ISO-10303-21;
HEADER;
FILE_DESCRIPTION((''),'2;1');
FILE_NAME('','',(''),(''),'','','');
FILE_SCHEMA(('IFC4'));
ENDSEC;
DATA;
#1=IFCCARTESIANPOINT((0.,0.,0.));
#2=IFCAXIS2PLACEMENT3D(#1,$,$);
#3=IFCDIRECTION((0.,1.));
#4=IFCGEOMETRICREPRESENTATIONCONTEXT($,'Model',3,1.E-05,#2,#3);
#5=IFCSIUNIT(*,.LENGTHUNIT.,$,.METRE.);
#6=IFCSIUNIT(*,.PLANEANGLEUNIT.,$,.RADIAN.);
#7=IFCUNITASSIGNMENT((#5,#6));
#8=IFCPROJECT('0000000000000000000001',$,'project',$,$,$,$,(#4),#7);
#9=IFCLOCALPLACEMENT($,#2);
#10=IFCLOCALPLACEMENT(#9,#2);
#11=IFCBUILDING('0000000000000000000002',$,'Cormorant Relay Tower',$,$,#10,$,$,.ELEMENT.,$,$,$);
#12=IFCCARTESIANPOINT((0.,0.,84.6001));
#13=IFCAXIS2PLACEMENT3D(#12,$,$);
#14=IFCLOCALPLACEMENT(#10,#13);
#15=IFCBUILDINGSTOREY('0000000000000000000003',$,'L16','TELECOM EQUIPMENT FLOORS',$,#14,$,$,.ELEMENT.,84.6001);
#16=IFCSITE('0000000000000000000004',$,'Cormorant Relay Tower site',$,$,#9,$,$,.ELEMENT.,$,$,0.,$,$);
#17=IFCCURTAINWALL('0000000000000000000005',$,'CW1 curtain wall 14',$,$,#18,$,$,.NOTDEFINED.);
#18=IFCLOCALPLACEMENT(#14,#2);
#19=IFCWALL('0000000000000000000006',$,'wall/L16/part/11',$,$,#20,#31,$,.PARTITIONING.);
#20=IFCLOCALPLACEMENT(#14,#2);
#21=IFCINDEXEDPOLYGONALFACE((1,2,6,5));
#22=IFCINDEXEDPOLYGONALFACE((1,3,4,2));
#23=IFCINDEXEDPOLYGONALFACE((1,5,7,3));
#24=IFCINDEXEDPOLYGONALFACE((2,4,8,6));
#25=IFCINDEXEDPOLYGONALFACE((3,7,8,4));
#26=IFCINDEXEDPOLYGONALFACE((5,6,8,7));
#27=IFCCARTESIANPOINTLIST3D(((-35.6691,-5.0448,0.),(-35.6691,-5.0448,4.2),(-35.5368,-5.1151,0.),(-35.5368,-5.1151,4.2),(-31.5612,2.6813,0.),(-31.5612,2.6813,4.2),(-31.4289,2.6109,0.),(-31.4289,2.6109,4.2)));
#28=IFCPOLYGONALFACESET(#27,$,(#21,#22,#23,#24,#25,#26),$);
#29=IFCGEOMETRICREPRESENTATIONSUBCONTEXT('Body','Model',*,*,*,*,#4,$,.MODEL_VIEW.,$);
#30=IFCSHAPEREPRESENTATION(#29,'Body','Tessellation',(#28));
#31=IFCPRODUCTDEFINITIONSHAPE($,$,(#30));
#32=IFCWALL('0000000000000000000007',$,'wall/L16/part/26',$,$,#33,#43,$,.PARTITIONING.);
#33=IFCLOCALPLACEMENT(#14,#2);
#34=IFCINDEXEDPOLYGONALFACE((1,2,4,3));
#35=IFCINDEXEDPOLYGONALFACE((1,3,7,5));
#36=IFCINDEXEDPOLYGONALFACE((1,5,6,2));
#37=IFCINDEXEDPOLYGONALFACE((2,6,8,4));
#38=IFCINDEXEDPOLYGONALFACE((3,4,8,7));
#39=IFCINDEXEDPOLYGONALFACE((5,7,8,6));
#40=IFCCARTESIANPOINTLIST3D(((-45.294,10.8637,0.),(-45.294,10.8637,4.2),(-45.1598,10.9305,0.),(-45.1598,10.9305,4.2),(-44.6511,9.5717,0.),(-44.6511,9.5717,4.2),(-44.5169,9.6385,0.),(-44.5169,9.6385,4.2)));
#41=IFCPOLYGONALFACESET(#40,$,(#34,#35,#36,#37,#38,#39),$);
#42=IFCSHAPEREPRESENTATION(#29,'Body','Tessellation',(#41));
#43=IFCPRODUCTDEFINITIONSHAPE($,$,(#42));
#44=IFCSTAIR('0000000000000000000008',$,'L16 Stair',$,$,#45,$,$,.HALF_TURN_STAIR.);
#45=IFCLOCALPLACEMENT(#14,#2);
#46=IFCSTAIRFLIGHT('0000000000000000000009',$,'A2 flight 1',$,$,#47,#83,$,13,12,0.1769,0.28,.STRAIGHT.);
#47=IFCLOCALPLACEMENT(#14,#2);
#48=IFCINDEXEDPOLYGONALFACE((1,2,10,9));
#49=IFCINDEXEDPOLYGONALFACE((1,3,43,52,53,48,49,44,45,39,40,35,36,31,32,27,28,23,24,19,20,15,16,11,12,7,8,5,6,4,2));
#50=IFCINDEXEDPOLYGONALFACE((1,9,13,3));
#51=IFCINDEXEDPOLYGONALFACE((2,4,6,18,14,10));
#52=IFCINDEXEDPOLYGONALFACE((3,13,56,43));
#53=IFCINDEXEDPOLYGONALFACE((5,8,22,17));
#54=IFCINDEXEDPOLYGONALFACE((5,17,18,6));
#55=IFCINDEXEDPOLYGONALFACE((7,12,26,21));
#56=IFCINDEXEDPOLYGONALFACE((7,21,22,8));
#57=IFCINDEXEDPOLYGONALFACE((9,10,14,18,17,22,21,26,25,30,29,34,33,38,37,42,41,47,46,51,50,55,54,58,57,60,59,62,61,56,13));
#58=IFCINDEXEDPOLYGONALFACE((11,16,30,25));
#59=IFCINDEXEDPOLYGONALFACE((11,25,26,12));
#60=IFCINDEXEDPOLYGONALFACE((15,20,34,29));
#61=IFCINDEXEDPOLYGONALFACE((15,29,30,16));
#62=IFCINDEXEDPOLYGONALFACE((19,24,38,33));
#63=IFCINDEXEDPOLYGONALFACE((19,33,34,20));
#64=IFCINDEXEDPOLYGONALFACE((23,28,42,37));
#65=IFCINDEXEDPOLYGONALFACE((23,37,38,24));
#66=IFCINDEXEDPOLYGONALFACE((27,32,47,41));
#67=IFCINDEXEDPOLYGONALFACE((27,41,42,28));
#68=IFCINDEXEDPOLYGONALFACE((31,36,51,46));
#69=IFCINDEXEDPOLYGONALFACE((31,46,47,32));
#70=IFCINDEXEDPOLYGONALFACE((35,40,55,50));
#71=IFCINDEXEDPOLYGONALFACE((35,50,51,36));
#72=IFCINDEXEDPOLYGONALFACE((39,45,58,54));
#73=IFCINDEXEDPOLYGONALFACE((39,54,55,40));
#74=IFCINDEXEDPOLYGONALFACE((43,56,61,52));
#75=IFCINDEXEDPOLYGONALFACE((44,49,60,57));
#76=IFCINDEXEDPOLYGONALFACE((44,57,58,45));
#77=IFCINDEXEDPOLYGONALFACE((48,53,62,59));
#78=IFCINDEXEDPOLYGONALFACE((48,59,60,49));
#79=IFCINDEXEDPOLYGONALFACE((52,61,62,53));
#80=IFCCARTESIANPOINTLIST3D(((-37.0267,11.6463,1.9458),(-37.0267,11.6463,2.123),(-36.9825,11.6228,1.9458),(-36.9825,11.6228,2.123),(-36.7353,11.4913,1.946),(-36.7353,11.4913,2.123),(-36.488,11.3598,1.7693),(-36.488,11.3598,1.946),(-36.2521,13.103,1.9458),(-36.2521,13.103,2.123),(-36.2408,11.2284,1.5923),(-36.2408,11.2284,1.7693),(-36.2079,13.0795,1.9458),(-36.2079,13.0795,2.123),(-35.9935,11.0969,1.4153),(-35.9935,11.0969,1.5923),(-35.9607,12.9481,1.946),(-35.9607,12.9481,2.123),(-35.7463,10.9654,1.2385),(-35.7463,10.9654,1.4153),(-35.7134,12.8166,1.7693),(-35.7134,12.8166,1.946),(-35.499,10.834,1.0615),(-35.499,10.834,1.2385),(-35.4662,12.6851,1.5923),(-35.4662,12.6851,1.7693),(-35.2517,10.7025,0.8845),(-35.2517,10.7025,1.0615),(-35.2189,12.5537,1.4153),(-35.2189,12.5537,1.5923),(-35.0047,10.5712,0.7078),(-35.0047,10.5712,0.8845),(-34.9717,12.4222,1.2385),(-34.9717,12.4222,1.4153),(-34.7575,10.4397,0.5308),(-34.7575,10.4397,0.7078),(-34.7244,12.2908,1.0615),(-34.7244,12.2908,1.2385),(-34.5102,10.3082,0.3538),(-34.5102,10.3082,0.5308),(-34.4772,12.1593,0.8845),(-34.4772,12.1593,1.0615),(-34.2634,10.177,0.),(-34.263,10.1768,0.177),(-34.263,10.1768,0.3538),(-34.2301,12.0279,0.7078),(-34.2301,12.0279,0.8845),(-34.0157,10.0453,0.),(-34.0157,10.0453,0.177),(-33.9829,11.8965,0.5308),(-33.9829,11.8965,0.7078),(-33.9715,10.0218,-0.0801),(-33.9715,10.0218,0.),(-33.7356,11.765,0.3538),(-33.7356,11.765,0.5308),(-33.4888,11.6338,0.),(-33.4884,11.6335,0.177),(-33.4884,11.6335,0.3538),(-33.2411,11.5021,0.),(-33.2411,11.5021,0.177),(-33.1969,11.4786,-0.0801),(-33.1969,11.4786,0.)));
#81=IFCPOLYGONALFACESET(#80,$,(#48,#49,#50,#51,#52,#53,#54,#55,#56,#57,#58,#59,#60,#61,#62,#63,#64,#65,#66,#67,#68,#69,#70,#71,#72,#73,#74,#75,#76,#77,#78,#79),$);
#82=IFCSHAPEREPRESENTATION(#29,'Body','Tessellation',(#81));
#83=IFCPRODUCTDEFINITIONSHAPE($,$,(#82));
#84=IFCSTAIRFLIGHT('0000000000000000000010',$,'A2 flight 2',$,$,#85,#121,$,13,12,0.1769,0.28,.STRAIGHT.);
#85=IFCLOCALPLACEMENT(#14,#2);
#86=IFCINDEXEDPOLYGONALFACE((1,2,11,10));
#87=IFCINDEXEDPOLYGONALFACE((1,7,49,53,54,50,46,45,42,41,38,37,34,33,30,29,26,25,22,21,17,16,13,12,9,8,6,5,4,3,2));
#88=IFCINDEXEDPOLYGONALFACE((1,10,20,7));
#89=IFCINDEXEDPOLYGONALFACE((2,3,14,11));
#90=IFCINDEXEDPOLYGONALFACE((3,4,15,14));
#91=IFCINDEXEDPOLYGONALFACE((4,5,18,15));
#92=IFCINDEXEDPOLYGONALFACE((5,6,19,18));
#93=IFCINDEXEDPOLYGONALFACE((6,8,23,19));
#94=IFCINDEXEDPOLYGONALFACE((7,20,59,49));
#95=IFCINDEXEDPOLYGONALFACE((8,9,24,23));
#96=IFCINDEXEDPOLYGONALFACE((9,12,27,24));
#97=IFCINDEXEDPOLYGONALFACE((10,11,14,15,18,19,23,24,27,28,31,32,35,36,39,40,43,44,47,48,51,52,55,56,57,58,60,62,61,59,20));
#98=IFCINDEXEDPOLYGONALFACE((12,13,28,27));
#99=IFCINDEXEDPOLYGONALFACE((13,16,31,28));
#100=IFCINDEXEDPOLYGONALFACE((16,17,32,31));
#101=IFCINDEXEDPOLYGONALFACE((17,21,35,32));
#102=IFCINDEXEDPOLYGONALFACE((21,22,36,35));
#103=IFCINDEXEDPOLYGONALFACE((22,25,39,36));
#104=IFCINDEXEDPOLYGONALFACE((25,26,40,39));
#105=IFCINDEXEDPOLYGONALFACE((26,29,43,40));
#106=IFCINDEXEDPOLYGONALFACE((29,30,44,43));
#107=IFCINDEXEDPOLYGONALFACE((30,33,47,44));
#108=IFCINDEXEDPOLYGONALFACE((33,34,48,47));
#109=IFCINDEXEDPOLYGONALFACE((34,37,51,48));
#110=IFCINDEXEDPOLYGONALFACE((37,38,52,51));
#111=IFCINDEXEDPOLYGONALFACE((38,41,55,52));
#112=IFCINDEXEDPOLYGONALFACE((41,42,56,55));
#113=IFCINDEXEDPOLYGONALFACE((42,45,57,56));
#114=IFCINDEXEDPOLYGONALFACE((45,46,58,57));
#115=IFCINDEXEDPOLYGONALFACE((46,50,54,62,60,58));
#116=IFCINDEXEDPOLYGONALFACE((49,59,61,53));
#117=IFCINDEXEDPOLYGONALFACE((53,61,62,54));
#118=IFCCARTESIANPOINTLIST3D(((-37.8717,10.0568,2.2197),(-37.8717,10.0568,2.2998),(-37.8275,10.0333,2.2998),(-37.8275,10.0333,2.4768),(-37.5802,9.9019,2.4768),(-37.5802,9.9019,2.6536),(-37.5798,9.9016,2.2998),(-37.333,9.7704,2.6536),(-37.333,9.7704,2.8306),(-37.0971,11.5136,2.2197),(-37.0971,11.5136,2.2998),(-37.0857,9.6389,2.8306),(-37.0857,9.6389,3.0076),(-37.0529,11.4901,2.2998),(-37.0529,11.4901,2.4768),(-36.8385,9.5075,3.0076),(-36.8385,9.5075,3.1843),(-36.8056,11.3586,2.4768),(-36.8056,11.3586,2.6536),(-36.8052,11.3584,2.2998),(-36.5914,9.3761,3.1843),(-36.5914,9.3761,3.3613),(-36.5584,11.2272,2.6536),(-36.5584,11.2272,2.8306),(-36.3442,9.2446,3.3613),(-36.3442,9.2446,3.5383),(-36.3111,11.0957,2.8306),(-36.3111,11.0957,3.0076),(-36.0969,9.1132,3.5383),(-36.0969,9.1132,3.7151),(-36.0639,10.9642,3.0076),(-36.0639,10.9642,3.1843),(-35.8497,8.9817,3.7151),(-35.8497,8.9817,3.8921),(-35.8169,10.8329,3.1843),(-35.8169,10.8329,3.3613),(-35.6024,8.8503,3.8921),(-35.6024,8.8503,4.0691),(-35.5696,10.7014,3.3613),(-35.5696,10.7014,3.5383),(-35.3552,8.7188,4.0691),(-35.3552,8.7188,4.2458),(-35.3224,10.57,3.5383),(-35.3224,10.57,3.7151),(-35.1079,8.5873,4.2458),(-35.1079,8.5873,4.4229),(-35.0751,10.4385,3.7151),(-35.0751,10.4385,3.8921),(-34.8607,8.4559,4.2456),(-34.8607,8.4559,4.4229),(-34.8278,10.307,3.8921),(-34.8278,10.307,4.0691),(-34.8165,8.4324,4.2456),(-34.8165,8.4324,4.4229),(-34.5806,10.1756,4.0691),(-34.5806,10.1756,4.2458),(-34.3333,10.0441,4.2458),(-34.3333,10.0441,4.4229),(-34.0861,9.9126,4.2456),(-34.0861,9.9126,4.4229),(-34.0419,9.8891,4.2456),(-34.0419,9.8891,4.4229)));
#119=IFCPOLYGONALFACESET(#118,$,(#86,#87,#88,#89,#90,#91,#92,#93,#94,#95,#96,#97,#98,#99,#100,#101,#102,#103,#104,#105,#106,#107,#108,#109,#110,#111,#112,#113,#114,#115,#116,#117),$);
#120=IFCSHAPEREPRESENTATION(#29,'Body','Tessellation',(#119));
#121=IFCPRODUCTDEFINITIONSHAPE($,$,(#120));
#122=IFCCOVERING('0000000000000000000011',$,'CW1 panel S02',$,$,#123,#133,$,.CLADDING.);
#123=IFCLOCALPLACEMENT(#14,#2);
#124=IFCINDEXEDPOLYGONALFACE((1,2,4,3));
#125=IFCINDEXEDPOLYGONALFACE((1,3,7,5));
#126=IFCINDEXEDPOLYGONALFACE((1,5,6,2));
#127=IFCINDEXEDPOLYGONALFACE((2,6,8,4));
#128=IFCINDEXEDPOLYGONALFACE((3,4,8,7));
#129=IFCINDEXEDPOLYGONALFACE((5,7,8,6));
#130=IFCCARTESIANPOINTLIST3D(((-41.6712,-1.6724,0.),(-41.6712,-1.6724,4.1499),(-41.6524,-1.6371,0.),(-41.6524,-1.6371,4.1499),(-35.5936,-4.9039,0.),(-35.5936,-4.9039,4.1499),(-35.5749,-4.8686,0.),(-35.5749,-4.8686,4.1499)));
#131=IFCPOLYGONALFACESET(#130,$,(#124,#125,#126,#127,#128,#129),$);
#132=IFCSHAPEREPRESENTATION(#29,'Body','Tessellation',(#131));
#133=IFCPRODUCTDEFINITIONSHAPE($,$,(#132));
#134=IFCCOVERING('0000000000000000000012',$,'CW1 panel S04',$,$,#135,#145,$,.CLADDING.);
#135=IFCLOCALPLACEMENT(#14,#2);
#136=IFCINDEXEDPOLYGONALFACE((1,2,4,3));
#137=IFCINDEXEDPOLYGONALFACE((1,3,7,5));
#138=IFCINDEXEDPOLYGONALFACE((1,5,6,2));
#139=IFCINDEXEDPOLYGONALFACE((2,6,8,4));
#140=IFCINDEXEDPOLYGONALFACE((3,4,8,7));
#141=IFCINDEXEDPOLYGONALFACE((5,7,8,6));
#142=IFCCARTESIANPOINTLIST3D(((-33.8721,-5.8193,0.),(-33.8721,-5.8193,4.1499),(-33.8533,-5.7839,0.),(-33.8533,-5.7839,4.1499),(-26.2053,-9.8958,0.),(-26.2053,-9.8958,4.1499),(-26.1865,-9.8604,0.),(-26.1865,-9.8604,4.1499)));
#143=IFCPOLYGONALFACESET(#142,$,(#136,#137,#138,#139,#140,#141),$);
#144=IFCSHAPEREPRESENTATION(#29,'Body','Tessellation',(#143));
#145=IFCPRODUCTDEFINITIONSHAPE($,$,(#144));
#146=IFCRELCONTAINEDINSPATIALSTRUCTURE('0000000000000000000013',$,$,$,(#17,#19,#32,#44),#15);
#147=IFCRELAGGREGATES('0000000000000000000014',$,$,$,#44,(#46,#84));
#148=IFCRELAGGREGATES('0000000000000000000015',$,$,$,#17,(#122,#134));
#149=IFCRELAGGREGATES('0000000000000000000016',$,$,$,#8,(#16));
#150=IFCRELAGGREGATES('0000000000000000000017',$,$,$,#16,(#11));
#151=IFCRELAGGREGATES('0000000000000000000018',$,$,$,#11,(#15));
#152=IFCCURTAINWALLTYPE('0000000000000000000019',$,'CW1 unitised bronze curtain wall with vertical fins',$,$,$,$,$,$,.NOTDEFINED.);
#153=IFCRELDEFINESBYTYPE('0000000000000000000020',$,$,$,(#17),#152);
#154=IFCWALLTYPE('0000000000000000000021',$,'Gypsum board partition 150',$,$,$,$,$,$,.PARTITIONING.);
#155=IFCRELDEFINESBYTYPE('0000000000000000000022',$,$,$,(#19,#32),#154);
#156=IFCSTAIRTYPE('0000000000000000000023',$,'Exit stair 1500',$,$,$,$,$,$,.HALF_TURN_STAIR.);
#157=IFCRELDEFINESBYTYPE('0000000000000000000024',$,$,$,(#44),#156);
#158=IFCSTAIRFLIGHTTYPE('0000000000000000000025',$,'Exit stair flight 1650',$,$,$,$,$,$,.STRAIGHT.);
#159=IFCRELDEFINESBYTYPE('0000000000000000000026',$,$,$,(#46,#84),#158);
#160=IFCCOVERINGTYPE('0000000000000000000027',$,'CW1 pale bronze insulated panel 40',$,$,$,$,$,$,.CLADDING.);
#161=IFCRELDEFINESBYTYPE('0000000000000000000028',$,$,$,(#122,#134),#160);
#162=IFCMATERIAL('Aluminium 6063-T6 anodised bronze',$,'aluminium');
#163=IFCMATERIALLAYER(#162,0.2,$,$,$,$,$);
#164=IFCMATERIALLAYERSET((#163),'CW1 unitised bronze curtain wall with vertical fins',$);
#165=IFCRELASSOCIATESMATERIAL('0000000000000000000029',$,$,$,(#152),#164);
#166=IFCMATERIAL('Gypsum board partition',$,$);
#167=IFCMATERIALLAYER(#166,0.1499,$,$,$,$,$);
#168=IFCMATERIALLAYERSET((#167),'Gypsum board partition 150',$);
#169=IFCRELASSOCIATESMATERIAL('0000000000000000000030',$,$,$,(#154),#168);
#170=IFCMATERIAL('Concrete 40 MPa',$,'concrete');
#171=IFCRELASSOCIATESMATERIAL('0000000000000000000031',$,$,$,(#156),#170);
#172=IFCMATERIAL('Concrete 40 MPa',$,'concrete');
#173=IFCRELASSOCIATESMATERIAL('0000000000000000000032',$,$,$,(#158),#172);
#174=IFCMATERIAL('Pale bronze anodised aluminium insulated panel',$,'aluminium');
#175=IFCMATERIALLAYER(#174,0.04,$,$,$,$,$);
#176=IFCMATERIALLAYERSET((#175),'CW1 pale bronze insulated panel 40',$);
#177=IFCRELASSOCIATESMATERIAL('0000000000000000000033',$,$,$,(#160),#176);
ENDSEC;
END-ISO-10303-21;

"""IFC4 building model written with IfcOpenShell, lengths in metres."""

from ifc_helpers import new_model, si_unit, direction, frame, frame_2d, origin, origin_2d, place, context, subcontext, project, spatial, polyline, rectangle, outline, extrude, material, layer, layer_set, type_object, element, aggregate, save


model = new_model("IFC4")

# Units and contexts
model_context = context("Model", 3, precision=1e-05, world=origin(), true_north=direction((0.0, 1.0)))
body_context = subcontext(model_context, "Body", "Model", "MODEL_VIEW")
ifc_project = project(units=[si_unit("LENGTHUNIT", "METRE"), si_unit("PLANEANGLEUNIT", "RADIAN")], contexts=[model_context])

# Site, building, storey
site_placement = place(None, origin())
site = spatial("IfcSite", under=ifc_project, at=site_placement, Name="Cormorant Relay Tower site", CompositionType="ELEMENT", RefElevation=0.0)
building_placement = place(site_placement, origin())
building = spatial("IfcBuilding", under=site, at=building_placement, Name="Cormorant Relay Tower", CompositionType="ELEMENT")
storey_placement = place(building_placement, frame((0.0, 0.0, 84.6001)))
storey = spatial("IfcBuildingStorey", under=building, at=storey_placement, Name="L16", Description="TELECOM EQUIPMENT FLOORS", CompositionType="ELEMENT", Elevation=84.6001)

# Curtain wall
ifc_material_1 = material(Name="Aluminium 6063-T6 anodised bronze", Category="aluminium")
ifc_layer_1 = layer(ifc_material_1, 0.2)
ifc_layer_set_1 = layer_set([ifc_layer_1], Name="CW1 unitised bronze curtain wall with vertical fins")
curtain_wall_type = type_object("IfcCurtainWallType", Name="CW1 unitised bronze curtain wall with vertical fins", PredefinedType="NOTDEFINED", material=ifc_layer_set_1)
curtain_wall_placement = place(storey_placement, origin())
curtain_wall = element("IfcCurtainWall", 1, at=curtain_wall_placement, inside=storey, type_object=curtain_wall_type, Name="CW1 curtain wall 14", PredefinedType="NOTDEFINED")

# Walls
ifc_material_2 = material(Name="Gypsum board partition")
ifc_layer_2 = layer(ifc_material_2, 0.1499)
ifc_layer_set_2 = layer_set([ifc_layer_2], Name="Gypsum board partition 150")
wall_type_1 = type_object("IfcWallType", Name="Gypsum board partition 150", PredefinedType="PARTITIONING", material=ifc_layer_set_2)
wall_1_placement = place(storey_placement, frame((-31.4951, 2.646, 0.0), z_axis=(0.0, 0.0, 1.0), x_axis=(-0.469461, -0.882953, 0.0)))
element("IfcWall", 2, at=wall_1_placement, inside=storey, type_object=wall_type_1, Name="wall/L16/part/11", PredefinedType="PARTITIONING", context=body_context, shape_type="SweptSolid", body=[
    extrude(rectangle(XDim=8.7502, YDim=0.1499, at=frame_2d((4.375, 0.0))), origin(), (0.0, 0.0, 1.0), 4.2),
])
wall_2_placement = place(storey_placement, frame((-44.584, 9.605, 0.0), z_axis=(0.0, 0.0, 1.0), x_axis=(-0.445453, 0.895305, 0.0)))
element("IfcWall", 3, at=wall_2_placement, inside=storey, type_object=wall_type_1, Name="wall/L16/part/26", PredefinedType="PARTITIONING", context=body_context, shape_type="SweptSolid", body=[
    extrude(rectangle(XDim=1.4431, YDim=0.1499, at=frame_2d((0.7217, 0.0))), origin(), (0.0, 0.0, 1.0), 4.2),
])

# Stair, stair flights
ifc_material_3 = material(Name="Concrete 40 MPa", Category="concrete")
stair_type = type_object("IfcStairType", Name="Exit stair 1500", PredefinedType="HALF_TURN_STAIR", material=ifc_material_3)
stair_placement = place(storey_placement, origin())
stair = element("IfcStair", 4, at=stair_placement, inside=storey, type_object=stair_type, Name="L16 Stair", PredefinedType="HALF_TURN_STAIR")
ifc_material_4 = material(Name="Concrete 40 MPa", Category="concrete")
stair_flight_type = type_object("IfcStairFlightType", Name="Exit stair flight 1650", PredefinedType="STRAIGHT", material=ifc_material_4)
stair_flight_1_placement = place(storey_placement, frame((-33.6284, 10.7737, 0.0), z_axis=(0.0, 0.0, 1.0), x_axis=(-0.882948, 0.469472, 0.0)))
stair_flight_1 = element("IfcStairFlight", 5, at=stair_flight_1_placement, type_object=stair_flight_type, Name="A2 flight 1", NumberOfRisers=13, NumberOfTreads=12, PredefinedType="STRAIGHT", RiserHeight=0.1769, TreadLength=0.28, context=body_context, shape_type="SweptSolid", body=[
    extrude(outline(polyline([(-0.05, -0.0801), (-0.05, 0.0), (0.0, 0.0), (0.0, 0.177), (0.28, 0.177), (0.28, 0.3538), (0.5601, 0.3538), (0.5601, 0.5308), (0.8401, 0.5308), (0.8401, 0.7078), (1.1201, 0.7078), (1.1201, 0.8845), (1.3999, 0.8845), (1.3999, 1.0615), (1.6799, 1.0615), (1.6799, 1.2385), (1.96, 1.2385), (1.96, 1.4153), (2.24, 1.4153), (2.24, 1.5923), (2.52, 1.5923), (2.52, 1.7693), (2.8, 1.7693), (2.8, 1.946), (3.0801, 1.946), (3.0801, 2.123), (3.3601, 2.123), (3.4102, 2.123), (3.4102, 1.9458), (3.3601, 1.9458), (0.2805, 0.0), (-0.05, -0.0801)])), frame((0.0, 0.825, 0.0), z_axis=(0.0, -1.0, 0.0), x_axis=(1.0, 0.0, 0.0)), (0.0, 0.0, 1.0), 1.6499),
])
stair_flight_2_placement = place(storey_placement, frame((-37.4402, 10.7617, 2.2998), z_axis=(0.0, 0.0, 1.0), x_axis=(0.882948, -0.469472, 0.0)))
stair_flight_2 = element("IfcStairFlight", 6, at=stair_flight_2_placement, type_object=stair_flight_type, Name="A2 flight 2", NumberOfRisers=13, NumberOfTreads=12, PredefinedType="STRAIGHT", RiserHeight=0.1769, TreadLength=0.28, context=body_context, shape_type="SweptSolid", body=[
    extrude(outline(polyline([(-0.05, -0.0801), (-0.05, 0.0), (0.0, 0.0), (0.0, 0.177), (0.28, 0.177), (0.28, 0.3538), (0.5601, 0.3538), (0.5601, 0.5308), (0.8401, 0.5308), (0.8401, 0.7078), (1.1201, 0.7078), (1.1201, 0.8845), (1.3999, 0.8845), (1.3999, 1.0615), (1.6799, 1.0615), (1.6799, 1.2385), (1.96, 1.2385), (1.96, 1.4153), (2.24, 1.4153), (2.24, 1.5923), (2.52, 1.5923), (2.52, 1.7693), (2.8, 1.7693), (2.8, 1.946), (3.0801, 1.946), (3.0801, 2.123), (3.3601, 2.123), (3.4102, 2.123), (3.4102, 1.9458), (3.3601, 1.9458), (0.2805, 0.0), (-0.05, -0.0801)])), frame((0.0, 0.825, 0.0), z_axis=(0.0, -1.0, 0.0), x_axis=(1.0, 0.0, 0.0)), (0.0, 0.0, 1.0), 1.6499),
])
aggregate(stair, [stair_flight_1, stair_flight_2])

# Coverings
ifc_material_5 = material(Name="Pale bronze anodised aluminium insulated panel", Category="aluminium")
ifc_layer_3 = layer(ifc_material_5, 0.04)
ifc_layer_set_3 = layer_set([ifc_layer_3], Name="CW1 pale bronze insulated panel 40")
covering_type = type_object("IfcCoveringType", Name="CW1 pale bronze insulated panel 40", PredefinedType="CLADDING", material=ifc_layer_set_3)
covering_1_placement = place(storey_placement, frame((-38.623, -3.2705, 0.0), z_axis=(0.0, 0.0, 1.0), x_axis=(0.882948, -0.469472, 0.0)))
covering_1 = element("IfcCovering", 7, at=covering_1_placement, type_object=covering_type, Name="CW1 panel S02", PredefinedType="CLADDING", context=body_context, shape_type="SweptSolid", body=[
    extrude(rectangle(XDim=6.8833, YDim=0.04, at=origin_2d()), origin(), (0.0, 0.0, 1.0), 4.1499),
])
covering_2_placement = place(storey_placement, frame((-30.0293, -7.8398, 0.0), z_axis=(0.0, 0.0, 1.0), x_axis=(0.882948, -0.469472, 0.0)))
covering_2 = element("IfcCovering", 8, at=covering_2_placement, type_object=covering_type, Name="CW1 panel S04", PredefinedType="CLADDING", context=body_context, shape_type="SweptSolid", body=[
    extrude(rectangle(XDim=8.6831, YDim=0.04, at=origin_2d()), origin(), (0.0, 0.0, 1.0), 4.1499),
])
aggregate(curtain_wall, [covering_1, covering_2])

save(model, "model.ifc")
